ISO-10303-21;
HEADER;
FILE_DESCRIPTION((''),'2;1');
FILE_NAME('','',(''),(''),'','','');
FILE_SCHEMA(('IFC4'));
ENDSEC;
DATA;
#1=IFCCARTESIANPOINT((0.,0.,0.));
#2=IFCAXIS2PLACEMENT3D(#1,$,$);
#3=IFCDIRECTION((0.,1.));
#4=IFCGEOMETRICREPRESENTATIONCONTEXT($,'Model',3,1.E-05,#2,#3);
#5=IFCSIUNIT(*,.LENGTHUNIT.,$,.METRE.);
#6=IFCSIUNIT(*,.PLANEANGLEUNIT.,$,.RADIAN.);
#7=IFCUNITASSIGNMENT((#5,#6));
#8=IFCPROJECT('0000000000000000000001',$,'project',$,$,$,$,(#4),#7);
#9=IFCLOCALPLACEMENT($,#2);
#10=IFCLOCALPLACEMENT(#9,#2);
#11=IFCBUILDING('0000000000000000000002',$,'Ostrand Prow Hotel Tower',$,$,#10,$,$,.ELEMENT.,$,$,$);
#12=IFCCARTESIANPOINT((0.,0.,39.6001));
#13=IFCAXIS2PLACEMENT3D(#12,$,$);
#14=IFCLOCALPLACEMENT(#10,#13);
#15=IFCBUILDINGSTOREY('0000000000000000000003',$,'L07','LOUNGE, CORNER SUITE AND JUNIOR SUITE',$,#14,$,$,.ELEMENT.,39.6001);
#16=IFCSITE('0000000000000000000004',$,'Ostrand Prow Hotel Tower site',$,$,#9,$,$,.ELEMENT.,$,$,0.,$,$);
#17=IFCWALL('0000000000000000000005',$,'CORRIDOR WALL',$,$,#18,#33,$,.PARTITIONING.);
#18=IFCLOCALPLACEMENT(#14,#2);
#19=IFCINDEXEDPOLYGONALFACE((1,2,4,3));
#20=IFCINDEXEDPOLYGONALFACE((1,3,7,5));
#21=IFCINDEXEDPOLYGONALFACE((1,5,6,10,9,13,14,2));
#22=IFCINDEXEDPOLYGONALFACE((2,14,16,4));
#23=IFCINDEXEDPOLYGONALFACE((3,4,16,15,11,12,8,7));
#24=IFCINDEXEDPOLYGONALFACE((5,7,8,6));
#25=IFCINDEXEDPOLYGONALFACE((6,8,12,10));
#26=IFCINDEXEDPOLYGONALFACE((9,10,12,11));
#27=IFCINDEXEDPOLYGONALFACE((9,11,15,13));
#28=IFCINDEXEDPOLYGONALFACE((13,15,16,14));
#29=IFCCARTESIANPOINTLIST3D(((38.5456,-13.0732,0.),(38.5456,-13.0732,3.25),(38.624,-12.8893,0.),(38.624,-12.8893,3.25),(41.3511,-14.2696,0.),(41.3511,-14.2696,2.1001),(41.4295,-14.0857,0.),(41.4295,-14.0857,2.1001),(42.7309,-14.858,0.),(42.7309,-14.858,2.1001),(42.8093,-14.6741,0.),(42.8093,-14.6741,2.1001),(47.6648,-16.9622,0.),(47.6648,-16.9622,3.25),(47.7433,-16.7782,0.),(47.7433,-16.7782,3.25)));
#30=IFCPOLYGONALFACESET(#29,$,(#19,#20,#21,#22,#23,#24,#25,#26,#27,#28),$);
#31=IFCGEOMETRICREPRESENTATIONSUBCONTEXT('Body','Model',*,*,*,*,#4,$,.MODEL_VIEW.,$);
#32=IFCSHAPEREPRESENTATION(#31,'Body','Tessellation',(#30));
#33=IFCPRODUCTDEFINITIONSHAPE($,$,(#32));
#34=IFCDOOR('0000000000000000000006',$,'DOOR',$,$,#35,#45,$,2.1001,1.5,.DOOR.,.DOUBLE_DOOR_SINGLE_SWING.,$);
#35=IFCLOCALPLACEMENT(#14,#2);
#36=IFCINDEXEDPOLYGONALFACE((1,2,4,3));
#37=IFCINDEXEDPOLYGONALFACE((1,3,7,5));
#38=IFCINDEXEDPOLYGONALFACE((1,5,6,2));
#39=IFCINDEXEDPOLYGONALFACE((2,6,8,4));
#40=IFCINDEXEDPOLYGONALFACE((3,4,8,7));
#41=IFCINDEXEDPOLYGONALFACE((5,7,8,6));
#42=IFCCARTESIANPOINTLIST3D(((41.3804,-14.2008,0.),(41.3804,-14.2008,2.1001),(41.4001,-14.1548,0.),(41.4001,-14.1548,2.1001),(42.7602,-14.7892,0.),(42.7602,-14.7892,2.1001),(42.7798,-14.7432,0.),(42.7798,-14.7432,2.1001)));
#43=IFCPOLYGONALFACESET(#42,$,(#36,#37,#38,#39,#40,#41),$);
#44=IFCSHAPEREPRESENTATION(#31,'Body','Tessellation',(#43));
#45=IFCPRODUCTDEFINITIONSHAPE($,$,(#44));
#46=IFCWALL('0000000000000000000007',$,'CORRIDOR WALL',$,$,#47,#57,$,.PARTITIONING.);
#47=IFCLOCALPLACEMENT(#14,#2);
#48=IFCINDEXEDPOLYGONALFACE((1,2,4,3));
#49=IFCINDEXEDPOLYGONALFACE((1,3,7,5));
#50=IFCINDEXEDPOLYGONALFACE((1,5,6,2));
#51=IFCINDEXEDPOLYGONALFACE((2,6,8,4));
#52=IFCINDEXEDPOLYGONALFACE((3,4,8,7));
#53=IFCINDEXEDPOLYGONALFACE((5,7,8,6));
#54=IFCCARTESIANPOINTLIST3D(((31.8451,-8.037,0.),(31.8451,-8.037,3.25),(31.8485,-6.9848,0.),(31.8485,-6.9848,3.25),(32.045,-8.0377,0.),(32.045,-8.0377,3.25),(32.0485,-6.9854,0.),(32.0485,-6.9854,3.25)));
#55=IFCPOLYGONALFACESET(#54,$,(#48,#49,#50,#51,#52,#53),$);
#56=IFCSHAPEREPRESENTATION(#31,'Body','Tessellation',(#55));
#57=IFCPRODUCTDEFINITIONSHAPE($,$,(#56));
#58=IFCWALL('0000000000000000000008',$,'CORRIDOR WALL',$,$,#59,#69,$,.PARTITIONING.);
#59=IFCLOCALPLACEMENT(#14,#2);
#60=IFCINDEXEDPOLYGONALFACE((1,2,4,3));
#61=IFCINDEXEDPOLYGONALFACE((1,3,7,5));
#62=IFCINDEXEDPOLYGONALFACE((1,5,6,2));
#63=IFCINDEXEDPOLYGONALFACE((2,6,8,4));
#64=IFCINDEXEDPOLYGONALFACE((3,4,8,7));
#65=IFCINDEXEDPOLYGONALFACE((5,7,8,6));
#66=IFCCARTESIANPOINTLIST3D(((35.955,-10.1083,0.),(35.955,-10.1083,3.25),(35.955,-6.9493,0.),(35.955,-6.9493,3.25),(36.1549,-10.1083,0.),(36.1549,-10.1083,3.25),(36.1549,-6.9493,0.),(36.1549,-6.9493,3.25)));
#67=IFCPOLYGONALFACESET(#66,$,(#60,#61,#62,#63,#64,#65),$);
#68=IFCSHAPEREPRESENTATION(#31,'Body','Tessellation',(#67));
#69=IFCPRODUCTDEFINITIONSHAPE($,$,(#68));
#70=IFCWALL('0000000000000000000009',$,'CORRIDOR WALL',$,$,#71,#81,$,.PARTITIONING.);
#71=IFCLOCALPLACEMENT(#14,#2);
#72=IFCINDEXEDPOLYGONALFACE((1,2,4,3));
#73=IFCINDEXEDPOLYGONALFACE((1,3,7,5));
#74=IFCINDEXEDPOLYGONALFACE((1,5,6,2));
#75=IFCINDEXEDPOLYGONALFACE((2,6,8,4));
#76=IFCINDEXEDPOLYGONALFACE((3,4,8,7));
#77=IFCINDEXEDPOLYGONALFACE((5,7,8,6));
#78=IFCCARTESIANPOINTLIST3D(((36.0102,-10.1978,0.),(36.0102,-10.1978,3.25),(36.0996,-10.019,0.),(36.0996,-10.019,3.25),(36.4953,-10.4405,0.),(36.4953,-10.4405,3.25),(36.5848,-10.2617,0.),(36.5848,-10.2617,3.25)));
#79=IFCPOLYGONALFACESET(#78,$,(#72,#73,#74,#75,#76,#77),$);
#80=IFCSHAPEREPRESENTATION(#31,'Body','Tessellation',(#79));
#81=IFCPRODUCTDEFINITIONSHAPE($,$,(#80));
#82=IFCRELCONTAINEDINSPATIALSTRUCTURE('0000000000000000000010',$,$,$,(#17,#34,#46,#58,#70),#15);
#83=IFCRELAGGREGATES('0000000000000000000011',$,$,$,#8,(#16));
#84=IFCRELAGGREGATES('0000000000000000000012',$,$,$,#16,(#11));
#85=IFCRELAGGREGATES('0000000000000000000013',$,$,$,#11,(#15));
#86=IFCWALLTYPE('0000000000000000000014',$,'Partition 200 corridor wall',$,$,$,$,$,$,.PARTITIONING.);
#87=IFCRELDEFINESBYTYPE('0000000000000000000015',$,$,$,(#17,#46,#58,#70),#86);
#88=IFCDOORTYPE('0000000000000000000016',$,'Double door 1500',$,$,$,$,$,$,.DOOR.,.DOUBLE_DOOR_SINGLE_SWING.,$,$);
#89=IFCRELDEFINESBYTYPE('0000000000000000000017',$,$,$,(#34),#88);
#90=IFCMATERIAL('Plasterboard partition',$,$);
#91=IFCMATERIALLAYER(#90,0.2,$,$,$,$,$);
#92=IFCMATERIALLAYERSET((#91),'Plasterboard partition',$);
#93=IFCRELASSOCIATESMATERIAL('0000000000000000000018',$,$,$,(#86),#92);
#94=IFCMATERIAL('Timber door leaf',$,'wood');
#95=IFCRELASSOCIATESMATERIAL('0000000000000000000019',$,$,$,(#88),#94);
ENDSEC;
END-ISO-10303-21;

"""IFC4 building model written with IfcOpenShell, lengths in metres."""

from ifc_helpers import new_model, si_unit, direction, frame, frame_2d, origin, place, context, subcontext, project, spatial, rectangle, extrude, material, layer, layer_set, type_object, element, fill, save


model = new_model("IFC4")

# Units and contexts
model_context = context("Model", 3, precision=1e-05, world=origin(), true_north=direction((0.0, 1.0)))
body_context = subcontext(model_context, "Body", "Model", "MODEL_VIEW")
ifc_project = project(units=[si_unit("LENGTHUNIT", "METRE"), si_unit("PLANEANGLEUNIT", "RADIAN")], contexts=[model_context])

# Site, building, storey
site_placement = place(None, origin())
site = spatial("IfcSite", under=ifc_project, at=site_placement, Name="Ostrand Prow Hotel Tower site", CompositionType="ELEMENT", RefElevation=0.0)
building_placement = place(site_placement, origin())
building = spatial("IfcBuilding", under=site, at=building_placement, Name="Ostrand Prow Hotel Tower", CompositionType="ELEMENT")
storey_placement = place(building_placement, frame((0.0, 0.0, 39.6001)))
storey = spatial("IfcBuildingStorey", under=building, at=storey_placement, Name="L07", Description="LOUNGE, CORNER SUITE AND JUNIOR SUITE", CompositionType="ELEMENT", Elevation=39.6001)

# Shared definitions
ifc_material_1 = material(Name="Plasterboard partition")
ifc_layer_1 = layer(ifc_material_1, 0.2)
ifc_layer_set_1 = layer_set([ifc_layer_1], Name="Plasterboard partition")
wall_type_1 = type_object("IfcWallType", Name="Partition 200 corridor wall", PredefinedType="PARTITIONING", material=ifc_layer_set_1)

# Wall, opening, door
wall_1_placement = place(storey_placement, frame((38.5847, -12.9812, 0.0), z_axis=(0.0, 0.0, 1.0), x_axis=(0.919848, -0.392275, 0.0)))
wall_1 = element("IfcWall", 1, at=wall_1_placement, inside=storey, type_object=wall_type_1, Name="CORRIDOR WALL", PredefinedType="PARTITIONING", context=body_context, shape_type="SweptSolid", body=[
    extrude(rectangle(XDim=9.9138, YDim=0.2, at=frame_2d((4.957, 0.0))), origin(), (0.0, 0.0, 1.0), 3.25),
])
opening_1_placement = place(wall_1_placement, frame((3.05, 0.0, 0.0)))
opening_1 = element("IfcOpeningElement", 2, at=opening_1_placement, cuts=wall_1, PredefinedType="OPENING", context=body_context, shape_type="SweptSolid", body=[
    extrude(rectangle(XDim=1.5, YDim=2.1001, at=frame_2d((0.75, 1.05))), frame((0.0, 0.1099, 0.0), z_axis=(0.0, -1.0, 0.0), x_axis=(1.0, 0.0, 0.0)), (0.0, 0.0, 1.0), 0.22),
])
ifc_material_2 = material(Name="Timber door leaf", Category="wood")
door_type_1 = type_object("IfcDoorType", Name="Double door 1500", OperationType="DOUBLE_DOOR_SINGLE_SWING", PredefinedType="DOOR", material=ifc_material_2)
door_1_placement = place(opening_1_placement, origin())
door_1 = element("IfcDoor", 3, at=door_1_placement, inside=storey, type_object=door_type_1, Name="DOOR", OperationType="DOUBLE_DOOR_SINGLE_SWING", OverallHeight=2.1001, OverallWidth=1.5, PredefinedType="DOOR", context=body_context, shape_type="SweptSolid", body=[
    extrude(rectangle(XDim=1.5, YDim=2.1001, at=frame_2d((0.75, 1.05))), frame((0.0, 0.0249, 0.0), z_axis=(0.0, -1.0, 0.0), x_axis=(1.0, 0.0, 0.0)), (0.0, 0.0, 1.0), 0.05),
])
fill(opening_1, door_1)

# Walls
wall_2_placement = place(storey_placement, frame((31.9485, -6.9851, 0.0), z_axis=(0.0, 0.0, 1.0), x_axis=(-0.003248, -0.999995, 0.0)))
element("IfcWall", 4, at=wall_2_placement, inside=storey, type_object=wall_type_1, Name="CORRIDOR WALL", PredefinedType="PARTITIONING", context=body_context, shape_type="SweptSolid", body=[
    extrude(rectangle(XDim=1.0522, YDim=0.2, at=frame_2d((0.5261, 0.0))), origin(), (0.0, 0.0, 1.0), 3.25),
])
wall_3_placement = place(storey_placement, frame((36.0549, -10.1084, 0.0), z_axis=(0.0, 0.0, 1.0), x_axis=(0.0, 1.0, 0.0)))
element("IfcWall", 5, at=wall_3_placement, inside=storey, type_object=wall_type_1, Name="CORRIDOR WALL", PredefinedType="PARTITIONING", context=body_context, shape_type="SweptSolid", body=[
    extrude(rectangle(XDim=3.1589, YDim=0.2, at=frame_2d((1.5796, 0.0))), origin(), (0.0, 0.0, 1.0), 3.25),
])
wall_4_placement = place(storey_placement, frame((36.54, -10.3511, 0.0), z_axis=(0.0, 0.0, 1.0), x_axis=(-0.894337, 0.447394, 0.0)))
element("IfcWall", 6, at=wall_4_placement, inside=storey, type_object=wall_type_1, Name="CORRIDOR WALL", PredefinedType="PARTITIONING", context=body_context, shape_type="SweptSolid", body=[
    extrude(rectangle(XDim=0.5425, YDim=0.2, at=frame_2d((0.2712, 0.0))), origin(), (0.0, 0.0, 1.0), 3.25),
])

save(model, "model.ifc")
